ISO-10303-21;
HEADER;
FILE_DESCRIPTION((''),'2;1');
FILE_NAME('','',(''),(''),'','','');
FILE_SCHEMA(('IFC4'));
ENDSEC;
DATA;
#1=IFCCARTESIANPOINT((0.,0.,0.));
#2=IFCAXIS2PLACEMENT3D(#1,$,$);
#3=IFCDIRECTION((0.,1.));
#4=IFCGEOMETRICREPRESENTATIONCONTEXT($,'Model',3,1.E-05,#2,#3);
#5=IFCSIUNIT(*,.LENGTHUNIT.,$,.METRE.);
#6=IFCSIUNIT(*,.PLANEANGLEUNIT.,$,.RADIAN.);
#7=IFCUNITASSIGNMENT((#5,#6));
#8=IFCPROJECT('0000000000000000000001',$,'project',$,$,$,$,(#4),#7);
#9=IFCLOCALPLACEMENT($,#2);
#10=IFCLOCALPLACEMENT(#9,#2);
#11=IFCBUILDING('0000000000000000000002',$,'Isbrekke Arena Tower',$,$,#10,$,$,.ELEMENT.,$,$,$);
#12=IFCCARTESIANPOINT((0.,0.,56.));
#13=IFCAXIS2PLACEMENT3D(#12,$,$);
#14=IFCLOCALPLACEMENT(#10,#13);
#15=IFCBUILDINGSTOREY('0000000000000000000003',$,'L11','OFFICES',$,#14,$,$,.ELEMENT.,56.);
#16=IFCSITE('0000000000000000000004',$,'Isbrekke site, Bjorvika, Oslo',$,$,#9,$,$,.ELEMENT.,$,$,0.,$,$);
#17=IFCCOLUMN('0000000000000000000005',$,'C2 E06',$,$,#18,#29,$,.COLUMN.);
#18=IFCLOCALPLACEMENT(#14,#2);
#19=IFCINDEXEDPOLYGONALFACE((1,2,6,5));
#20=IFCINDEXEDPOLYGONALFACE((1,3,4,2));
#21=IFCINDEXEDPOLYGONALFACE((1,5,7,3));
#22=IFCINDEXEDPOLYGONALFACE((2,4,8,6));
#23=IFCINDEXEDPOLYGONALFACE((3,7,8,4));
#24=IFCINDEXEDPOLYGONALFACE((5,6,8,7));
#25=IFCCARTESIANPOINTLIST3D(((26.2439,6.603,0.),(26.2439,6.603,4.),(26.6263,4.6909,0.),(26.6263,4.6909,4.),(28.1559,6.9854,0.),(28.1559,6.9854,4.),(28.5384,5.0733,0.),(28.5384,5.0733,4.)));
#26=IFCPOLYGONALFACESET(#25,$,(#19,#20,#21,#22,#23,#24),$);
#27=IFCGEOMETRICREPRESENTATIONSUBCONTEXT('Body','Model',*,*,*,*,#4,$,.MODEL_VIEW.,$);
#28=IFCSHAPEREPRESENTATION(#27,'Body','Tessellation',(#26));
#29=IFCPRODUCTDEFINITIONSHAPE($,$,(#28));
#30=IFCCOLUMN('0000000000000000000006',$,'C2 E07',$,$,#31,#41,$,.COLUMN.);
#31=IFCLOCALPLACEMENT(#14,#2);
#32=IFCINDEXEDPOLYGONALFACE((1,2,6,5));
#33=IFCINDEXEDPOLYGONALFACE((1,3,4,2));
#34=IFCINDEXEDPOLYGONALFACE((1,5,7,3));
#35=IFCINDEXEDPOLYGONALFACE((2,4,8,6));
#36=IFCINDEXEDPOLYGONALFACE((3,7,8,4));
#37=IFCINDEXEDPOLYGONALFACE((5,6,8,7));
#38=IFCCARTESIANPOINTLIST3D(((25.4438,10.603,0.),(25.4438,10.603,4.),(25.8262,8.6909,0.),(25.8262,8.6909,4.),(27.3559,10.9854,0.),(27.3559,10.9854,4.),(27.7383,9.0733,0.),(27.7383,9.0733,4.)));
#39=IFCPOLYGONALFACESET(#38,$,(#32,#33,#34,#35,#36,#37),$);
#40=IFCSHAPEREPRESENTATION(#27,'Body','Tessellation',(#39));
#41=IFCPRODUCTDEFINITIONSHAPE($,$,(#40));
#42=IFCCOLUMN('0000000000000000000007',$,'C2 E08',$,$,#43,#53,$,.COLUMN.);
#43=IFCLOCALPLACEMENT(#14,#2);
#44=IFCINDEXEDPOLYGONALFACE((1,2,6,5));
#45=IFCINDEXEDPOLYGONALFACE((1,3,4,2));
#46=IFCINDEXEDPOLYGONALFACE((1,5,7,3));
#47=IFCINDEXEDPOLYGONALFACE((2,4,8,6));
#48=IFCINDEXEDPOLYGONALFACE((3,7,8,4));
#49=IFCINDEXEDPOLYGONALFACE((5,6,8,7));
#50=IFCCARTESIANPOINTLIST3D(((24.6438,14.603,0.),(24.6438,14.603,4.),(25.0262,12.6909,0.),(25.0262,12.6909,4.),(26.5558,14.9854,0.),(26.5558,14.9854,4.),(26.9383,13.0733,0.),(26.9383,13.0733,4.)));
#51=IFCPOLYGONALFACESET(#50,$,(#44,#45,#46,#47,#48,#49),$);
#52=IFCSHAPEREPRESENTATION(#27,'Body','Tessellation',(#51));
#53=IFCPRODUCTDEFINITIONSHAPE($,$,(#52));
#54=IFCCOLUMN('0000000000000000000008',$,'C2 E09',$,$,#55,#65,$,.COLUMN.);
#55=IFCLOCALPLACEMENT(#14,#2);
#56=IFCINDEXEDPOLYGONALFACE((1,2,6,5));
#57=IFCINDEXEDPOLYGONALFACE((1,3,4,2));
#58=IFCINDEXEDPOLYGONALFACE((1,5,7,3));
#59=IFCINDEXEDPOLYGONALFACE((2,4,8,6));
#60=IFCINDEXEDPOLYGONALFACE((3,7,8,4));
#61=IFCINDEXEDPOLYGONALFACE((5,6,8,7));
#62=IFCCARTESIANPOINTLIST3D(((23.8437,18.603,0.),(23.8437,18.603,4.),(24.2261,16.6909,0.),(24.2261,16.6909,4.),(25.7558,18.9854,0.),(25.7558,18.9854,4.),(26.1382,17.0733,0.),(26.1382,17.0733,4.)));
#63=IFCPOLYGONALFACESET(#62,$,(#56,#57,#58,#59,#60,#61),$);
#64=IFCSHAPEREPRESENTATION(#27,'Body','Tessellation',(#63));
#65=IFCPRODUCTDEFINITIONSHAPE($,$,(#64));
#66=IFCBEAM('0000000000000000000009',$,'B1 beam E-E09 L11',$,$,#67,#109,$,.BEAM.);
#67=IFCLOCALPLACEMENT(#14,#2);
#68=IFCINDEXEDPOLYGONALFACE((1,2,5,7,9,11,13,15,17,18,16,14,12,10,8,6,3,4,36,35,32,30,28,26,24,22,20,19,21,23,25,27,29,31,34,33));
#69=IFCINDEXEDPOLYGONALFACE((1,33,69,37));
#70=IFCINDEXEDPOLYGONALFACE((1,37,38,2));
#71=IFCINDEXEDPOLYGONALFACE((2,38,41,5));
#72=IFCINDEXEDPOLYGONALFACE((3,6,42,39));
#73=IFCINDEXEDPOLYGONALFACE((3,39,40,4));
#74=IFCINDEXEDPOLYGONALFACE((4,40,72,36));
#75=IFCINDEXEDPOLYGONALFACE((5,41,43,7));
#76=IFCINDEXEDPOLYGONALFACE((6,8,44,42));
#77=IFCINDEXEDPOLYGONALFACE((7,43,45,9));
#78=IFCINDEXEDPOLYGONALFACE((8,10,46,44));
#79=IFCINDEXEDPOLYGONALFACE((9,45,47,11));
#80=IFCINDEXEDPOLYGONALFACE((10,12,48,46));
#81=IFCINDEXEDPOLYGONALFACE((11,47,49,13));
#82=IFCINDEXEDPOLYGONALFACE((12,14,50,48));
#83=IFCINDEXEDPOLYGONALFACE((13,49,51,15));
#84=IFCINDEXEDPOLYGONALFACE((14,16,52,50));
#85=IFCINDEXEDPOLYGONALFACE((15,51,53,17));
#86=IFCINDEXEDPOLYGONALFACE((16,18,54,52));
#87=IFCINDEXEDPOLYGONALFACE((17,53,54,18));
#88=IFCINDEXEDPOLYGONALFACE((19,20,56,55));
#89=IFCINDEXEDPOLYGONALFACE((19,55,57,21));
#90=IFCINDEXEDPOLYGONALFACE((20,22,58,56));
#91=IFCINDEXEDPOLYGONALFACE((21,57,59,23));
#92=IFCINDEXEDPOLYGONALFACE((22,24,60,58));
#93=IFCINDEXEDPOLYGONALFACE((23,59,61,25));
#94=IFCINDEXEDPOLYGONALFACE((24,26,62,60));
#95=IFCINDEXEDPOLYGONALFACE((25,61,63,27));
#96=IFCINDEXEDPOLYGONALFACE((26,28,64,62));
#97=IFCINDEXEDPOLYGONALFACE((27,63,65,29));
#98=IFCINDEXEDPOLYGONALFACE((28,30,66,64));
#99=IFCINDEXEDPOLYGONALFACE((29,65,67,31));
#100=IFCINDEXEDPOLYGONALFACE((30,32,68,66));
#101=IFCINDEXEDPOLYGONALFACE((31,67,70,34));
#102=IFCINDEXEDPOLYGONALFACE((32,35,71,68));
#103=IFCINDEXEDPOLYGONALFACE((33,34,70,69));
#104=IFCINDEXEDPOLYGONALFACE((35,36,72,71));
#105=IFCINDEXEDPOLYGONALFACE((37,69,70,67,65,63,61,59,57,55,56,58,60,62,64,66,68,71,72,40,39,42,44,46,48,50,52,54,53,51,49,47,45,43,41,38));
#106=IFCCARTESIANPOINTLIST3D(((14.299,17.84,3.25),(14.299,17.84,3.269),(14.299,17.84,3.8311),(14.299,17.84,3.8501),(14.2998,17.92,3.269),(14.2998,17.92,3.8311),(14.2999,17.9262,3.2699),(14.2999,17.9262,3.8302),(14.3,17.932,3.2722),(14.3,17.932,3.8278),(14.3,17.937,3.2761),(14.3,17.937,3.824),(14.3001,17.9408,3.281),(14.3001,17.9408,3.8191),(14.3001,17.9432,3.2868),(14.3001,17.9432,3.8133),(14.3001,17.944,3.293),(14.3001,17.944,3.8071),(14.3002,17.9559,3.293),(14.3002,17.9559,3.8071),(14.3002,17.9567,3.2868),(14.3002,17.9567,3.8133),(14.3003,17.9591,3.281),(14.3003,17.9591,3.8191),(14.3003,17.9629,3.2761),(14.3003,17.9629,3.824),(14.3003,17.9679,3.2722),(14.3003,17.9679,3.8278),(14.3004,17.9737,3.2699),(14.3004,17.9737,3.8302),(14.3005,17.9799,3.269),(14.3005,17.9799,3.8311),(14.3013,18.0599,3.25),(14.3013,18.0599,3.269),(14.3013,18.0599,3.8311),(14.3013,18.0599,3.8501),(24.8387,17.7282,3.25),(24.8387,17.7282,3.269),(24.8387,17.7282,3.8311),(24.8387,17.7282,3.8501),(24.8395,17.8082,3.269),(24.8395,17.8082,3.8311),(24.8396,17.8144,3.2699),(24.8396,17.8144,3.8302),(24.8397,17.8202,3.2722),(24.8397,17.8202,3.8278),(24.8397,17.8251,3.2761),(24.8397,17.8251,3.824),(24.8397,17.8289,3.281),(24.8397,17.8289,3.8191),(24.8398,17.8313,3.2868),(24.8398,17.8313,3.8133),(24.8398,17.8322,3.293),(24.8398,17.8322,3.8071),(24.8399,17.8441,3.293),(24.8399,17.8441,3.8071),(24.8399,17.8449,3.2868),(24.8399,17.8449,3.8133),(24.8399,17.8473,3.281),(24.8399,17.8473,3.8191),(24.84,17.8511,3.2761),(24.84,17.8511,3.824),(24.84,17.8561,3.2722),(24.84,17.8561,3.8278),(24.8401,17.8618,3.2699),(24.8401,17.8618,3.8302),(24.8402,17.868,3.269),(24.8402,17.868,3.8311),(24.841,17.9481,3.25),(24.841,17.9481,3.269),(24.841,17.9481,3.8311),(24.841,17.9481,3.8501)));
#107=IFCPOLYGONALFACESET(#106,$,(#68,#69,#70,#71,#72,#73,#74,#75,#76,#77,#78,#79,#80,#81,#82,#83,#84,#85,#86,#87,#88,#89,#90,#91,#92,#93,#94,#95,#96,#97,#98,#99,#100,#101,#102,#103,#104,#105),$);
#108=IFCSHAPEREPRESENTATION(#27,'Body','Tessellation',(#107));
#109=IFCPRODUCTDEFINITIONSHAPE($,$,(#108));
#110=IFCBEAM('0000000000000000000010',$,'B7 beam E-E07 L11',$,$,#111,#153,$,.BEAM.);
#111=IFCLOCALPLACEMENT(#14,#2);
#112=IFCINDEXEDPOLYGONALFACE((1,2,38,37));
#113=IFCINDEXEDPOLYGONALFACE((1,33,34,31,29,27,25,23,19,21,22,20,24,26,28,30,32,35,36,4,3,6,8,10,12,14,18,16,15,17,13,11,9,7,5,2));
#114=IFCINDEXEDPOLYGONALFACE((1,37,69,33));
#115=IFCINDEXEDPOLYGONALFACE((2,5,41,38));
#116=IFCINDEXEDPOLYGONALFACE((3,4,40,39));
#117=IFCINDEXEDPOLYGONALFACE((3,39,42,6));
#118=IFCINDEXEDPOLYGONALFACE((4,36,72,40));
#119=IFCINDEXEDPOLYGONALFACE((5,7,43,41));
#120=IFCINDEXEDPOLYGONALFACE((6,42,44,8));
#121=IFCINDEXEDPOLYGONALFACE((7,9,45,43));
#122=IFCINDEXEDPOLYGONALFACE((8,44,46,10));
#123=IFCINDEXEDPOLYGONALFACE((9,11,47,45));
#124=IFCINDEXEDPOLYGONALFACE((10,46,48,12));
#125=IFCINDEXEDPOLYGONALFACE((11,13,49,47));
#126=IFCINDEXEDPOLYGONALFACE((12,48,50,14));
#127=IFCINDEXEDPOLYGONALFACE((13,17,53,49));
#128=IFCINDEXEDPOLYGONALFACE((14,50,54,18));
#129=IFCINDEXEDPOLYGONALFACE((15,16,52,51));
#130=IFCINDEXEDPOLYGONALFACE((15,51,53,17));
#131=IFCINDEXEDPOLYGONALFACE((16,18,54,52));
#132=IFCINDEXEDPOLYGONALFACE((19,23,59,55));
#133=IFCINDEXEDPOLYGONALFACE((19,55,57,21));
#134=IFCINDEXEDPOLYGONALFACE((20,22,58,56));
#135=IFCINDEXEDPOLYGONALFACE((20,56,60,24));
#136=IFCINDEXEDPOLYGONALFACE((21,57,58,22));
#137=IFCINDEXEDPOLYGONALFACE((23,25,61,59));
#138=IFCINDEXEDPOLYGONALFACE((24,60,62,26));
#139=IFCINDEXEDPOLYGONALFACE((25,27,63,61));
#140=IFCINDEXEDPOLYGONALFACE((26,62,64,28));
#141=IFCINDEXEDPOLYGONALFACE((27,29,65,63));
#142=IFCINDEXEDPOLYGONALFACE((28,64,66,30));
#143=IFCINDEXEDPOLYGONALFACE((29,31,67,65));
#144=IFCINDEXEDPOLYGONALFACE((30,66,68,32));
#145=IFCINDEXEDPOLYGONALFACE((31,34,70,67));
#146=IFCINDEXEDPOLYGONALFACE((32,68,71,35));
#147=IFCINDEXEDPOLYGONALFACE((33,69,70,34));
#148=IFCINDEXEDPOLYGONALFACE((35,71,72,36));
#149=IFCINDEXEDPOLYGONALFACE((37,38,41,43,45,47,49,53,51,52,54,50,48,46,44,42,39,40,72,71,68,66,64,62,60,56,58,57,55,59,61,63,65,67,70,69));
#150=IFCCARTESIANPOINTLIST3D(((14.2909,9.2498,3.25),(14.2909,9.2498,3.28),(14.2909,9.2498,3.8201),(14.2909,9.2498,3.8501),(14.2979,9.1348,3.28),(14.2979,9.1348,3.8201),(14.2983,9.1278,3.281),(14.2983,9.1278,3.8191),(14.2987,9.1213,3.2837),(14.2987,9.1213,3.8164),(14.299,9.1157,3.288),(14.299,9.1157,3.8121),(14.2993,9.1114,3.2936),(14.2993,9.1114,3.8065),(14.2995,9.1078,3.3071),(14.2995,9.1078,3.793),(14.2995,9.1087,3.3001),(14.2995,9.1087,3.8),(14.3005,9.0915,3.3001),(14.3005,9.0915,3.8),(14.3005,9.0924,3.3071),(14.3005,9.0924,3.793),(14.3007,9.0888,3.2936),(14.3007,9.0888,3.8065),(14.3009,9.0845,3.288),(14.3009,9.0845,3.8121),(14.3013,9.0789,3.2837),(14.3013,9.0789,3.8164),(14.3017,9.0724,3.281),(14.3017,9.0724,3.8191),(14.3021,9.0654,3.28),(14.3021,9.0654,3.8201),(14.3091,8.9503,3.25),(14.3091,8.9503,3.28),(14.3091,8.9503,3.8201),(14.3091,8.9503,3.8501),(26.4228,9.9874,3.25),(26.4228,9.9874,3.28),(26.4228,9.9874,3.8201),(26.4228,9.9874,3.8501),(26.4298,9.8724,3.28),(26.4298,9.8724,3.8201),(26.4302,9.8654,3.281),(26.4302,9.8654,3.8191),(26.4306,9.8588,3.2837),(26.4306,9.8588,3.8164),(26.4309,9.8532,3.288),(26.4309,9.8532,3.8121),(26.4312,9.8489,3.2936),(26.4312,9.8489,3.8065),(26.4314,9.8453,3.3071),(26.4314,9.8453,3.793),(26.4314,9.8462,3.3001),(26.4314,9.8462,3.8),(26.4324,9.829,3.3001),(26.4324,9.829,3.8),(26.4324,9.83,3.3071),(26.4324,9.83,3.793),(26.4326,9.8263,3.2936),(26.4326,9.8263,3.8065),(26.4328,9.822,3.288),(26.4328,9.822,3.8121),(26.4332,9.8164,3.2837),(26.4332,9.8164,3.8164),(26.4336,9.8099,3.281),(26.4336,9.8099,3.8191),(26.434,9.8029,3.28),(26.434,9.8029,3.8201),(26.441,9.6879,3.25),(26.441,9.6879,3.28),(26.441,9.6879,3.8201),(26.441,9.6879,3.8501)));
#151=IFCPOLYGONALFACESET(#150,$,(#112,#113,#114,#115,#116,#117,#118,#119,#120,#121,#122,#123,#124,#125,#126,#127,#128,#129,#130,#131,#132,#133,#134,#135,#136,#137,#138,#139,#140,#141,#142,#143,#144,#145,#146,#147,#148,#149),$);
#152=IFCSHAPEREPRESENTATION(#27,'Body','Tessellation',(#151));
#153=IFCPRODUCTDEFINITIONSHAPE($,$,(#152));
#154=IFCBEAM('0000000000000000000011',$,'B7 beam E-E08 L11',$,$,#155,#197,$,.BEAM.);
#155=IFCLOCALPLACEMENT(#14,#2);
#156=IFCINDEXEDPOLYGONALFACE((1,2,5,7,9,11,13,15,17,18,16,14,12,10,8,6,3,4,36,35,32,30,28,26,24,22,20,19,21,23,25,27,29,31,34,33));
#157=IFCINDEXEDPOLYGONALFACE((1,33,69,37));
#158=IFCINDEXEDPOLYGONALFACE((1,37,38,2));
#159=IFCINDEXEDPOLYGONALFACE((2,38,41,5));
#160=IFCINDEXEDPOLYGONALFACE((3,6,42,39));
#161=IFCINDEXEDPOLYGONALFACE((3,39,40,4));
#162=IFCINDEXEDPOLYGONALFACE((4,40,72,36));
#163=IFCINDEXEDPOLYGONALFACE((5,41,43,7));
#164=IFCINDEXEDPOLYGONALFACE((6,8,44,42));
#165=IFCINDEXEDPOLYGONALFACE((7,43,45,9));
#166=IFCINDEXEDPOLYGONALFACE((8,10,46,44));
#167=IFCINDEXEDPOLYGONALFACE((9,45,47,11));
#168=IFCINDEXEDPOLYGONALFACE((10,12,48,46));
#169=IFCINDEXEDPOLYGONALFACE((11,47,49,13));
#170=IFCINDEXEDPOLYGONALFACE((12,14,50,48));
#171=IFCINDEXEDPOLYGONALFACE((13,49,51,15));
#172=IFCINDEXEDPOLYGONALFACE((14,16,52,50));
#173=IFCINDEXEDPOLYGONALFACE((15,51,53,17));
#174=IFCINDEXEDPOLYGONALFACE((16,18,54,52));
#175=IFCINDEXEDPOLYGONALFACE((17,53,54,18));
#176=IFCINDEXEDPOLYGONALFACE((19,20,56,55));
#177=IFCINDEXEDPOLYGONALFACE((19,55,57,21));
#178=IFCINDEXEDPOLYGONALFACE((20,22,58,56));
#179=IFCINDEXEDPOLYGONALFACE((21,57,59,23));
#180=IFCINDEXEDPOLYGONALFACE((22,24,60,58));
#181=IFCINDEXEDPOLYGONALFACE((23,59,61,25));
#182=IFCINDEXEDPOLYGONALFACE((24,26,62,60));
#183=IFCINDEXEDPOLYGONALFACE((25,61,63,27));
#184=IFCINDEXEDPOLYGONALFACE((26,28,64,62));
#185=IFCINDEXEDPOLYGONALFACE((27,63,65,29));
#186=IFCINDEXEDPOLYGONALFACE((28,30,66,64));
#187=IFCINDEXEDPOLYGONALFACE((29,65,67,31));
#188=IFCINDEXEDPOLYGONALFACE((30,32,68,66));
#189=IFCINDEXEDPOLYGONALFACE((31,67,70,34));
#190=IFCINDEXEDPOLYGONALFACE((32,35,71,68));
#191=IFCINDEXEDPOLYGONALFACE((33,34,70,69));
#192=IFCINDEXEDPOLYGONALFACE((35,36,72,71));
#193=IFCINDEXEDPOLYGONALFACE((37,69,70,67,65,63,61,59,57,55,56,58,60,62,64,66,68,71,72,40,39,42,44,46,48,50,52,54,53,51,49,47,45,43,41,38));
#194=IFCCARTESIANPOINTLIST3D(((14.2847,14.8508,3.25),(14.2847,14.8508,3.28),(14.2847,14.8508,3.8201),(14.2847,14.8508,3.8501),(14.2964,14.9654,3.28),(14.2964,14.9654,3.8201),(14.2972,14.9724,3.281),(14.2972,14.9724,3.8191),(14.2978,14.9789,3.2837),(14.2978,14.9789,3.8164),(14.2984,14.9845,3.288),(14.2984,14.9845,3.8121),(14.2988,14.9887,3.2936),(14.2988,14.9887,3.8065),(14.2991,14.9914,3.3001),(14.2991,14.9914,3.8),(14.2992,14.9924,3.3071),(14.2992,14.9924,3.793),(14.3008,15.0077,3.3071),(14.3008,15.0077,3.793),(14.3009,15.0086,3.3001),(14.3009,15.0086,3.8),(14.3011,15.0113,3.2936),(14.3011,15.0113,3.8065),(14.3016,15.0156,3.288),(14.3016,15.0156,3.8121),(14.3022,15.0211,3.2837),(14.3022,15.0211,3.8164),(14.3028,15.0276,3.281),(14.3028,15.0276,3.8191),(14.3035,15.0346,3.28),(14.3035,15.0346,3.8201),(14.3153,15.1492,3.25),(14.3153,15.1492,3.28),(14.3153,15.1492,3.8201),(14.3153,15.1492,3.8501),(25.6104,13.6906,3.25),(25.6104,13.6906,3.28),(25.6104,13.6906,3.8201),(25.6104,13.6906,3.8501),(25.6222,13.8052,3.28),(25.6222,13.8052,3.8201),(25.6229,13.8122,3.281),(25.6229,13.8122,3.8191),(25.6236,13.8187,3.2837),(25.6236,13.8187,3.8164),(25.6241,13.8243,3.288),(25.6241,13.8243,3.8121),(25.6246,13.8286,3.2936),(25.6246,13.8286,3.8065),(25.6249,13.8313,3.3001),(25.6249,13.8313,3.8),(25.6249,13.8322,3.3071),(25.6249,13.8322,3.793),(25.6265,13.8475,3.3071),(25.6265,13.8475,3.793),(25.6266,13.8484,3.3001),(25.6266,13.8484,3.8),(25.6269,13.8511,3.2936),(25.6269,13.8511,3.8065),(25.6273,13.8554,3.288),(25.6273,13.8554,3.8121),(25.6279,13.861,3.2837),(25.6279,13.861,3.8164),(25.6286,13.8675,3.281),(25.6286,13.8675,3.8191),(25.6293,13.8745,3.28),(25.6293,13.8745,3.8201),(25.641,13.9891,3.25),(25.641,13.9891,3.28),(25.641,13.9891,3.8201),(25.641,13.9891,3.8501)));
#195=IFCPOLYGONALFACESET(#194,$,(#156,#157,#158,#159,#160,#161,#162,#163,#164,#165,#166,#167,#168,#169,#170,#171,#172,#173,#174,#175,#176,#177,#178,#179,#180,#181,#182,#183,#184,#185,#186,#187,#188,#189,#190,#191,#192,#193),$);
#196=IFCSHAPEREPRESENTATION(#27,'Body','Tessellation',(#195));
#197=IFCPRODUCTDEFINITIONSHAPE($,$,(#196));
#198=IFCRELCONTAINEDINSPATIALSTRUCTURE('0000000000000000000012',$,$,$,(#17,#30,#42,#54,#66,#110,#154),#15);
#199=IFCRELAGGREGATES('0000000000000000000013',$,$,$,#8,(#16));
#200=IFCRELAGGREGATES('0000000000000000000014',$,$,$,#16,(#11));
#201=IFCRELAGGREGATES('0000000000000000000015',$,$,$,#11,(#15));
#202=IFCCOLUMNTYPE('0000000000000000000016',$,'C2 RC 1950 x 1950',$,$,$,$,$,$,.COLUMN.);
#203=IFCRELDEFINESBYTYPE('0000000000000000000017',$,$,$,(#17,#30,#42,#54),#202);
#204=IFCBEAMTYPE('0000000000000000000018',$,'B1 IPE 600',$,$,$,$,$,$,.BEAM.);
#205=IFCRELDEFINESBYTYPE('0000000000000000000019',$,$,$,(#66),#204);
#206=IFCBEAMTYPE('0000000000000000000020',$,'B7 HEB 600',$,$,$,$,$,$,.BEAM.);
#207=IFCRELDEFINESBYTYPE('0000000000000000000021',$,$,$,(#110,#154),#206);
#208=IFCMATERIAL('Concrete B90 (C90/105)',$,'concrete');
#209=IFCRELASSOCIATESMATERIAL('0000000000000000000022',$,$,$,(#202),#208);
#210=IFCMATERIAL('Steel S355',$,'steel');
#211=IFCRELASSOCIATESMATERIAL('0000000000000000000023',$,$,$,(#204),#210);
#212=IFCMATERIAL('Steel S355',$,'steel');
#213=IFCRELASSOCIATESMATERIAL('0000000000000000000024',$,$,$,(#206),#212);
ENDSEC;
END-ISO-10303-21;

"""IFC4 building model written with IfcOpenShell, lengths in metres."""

from ifc_helpers import new_model, si_unit, direction, frame, origin, origin_2d, place, context, subcontext, project, spatial, rectangle, i_section, extrude, material, material_profile, profile_set, type_object, element, save


model = new_model("IFC4")

# Units and contexts
model_context = context("Model", 3, precision=1e-05, world=origin(), true_north=direction((0.0, 1.0)))
body_context = subcontext(model_context, "Body", "Model", "MODEL_VIEW")
ifc_project = project(units=[si_unit("LENGTHUNIT", "METRE"), si_unit("PLANEANGLEUNIT", "RADIAN")], contexts=[model_context])

# Site, building, storey
site_placement = place(None, origin())
site = spatial("IfcSite", under=ifc_project, at=site_placement, Name="Isbrekke site, Bjorvika, Oslo", CompositionType="ELEMENT", RefElevation=0.0)
building_placement = place(site_placement, origin())
building = spatial("IfcBuilding", under=site, at=building_placement, Name="Isbrekke Arena Tower", CompositionType="ELEMENT")
storey_placement = place(building_placement, frame((0.0, 0.0, 56.0)))
storey = spatial("IfcBuildingStorey", under=building, at=storey_placement, Name="L11", Description="OFFICES", CompositionType="ELEMENT", Elevation=56.0)

# Columns
ifc_material_1 = material(Name="Concrete B90 (C90/105)", Category="concrete")
ifc_material_profile_1 = material_profile(ifc_material_1, rectangle(XDim=1.95, YDim=1.95, at=origin_2d()), Name="RC 1950x1950")
ifc_profile_set_1 = profile_set([ifc_material_profile_1], Name="Concrete B90 (C90/105)")
column_type = type_object("IfcColumnType", Name="C2 RC 1950 x 1950", PredefinedType="COLUMN", material=ifc_profile_set_1)
for number, where, z_axis, x_axis, name in (
    (1, (27.3911, 5.8381, 0.0), (0.0, 0.0, 1.0), (-0.196116, 0.980581, 0.0), "C2 E06"),
    (2, (26.5911, 9.8381, 0.0), (0.0, 0.0, 1.0), (-0.196116, 0.980581, 0.0), "C2 E07"),
    (3, (25.791, 13.8381, 0.0), (0.0, 0.0, 1.0), (-0.196116, 0.980581, 0.0), "C2 E08"),
    (4, (24.991, 17.8381, 0.0), (0.0, 0.0, 1.0), (-0.196116, 0.980581, 0.0), "C2 E09"),
):
    element("IfcColumn", number, at=place(storey_placement, frame(where, z_axis=z_axis, x_axis=x_axis)), inside=storey, type_object=column_type, Name=name, PredefinedType="COLUMN", context=body_context, shape_type="SweptSolid", body=[
        extrude(rectangle(XDim=1.95, YDim=1.95, at=origin_2d()), origin(), (0.0, 0.0, 1.0), 4.0),
    ])

# Beams
ifc_material_2 = material(Name="Steel S355", Category="steel")
ifc_material_profile_2 = material_profile(ifc_material_2, i_section(OverallWidth=0.22, OverallDepth=0.6001, WebThickness=0.012, FlangeThickness=0.019, FilletRadius=0.0239, at=origin_2d()), Name="IPE 600")
ifc_profile_set_2 = profile_set([ifc_material_profile_2], Name="Steel S355")
beam_type_1 = type_object("IfcBeamType", Name="B1 IPE 600", PredefinedType="BEAM", material=ifc_profile_set_2)
beam_1_placement = place(storey_placement, frame((24.8398, 17.8381, 3.55), z_axis=(-0.999944, 0.010608, 0.0), x_axis=(-0.010608, -0.999944, 0.0)))
element("IfcBeam", 5, at=beam_1_placement, inside=storey, type_object=beam_type_1, Name="B1 beam E-E09 L11", PredefinedType="BEAM", context=body_context, shape_type="SweptSolid", body=[
    extrude(i_section(OverallWidth=0.22, OverallDepth=0.6001, WebThickness=0.012, FlangeThickness=0.019, FilletRadius=0.0239, at=origin_2d()), origin(), (0.0, 0.0, 1.0), 10.5403),
])
ifc_material_3 = material(Name="Steel S355", Category="steel")
ifc_material_profile_3 = material_profile(ifc_material_3, i_section(OverallWidth=0.3, OverallDepth=0.6001, WebThickness=0.0154, FlangeThickness=0.03, FilletRadius=0.0271, at=origin_2d()), Name="HEB 600")
ifc_profile_set_3 = profile_set([ifc_material_profile_3], Name="Steel S355")
beam_type_2 = type_object("IfcBeamType", Name="B7 HEB 600", PredefinedType="BEAM", material=ifc_profile_set_3)
beam_2_placement = place(storey_placement, frame((26.4319, 9.8376, 3.55), z_axis=(-0.998157, -0.060682, 0.0), x_axis=(0.060682, -0.998157, 0.0)))
element("IfcBeam", 6, at=beam_2_placement, inside=storey, type_object=beam_type_2, Name="B7 beam E-E07 L11", PredefinedType="BEAM", context=body_context, shape_type="SweptSolid", body=[
    extrude(i_section(OverallWidth=0.3, OverallDepth=0.6001, WebThickness=0.0154, FlangeThickness=0.03, FilletRadius=0.0271, at=origin_2d()), origin(), (0.0, 0.0, 1.0), 12.1543),
])
beam_3_placement = place(storey_placement, frame((25.6257, 13.8398, 3.55), z_axis=(-0.994794, 0.101903, 0.0), x_axis=(-0.101903, -0.994794, 0.0)))
element("IfcBeam", 7, at=beam_3_placement, inside=storey, type_object=beam_type_2, Name="B7 beam E-E08 L11", PredefinedType="BEAM", context=body_context, shape_type="SweptSolid", body=[
    extrude(i_section(OverallWidth=0.3, OverallDepth=0.6001, WebThickness=0.0154, FlangeThickness=0.03, FilletRadius=0.0271, at=origin_2d()), origin(), (0.0, 0.0, 1.0), 11.385),
])

save(model, "model.ifc")
